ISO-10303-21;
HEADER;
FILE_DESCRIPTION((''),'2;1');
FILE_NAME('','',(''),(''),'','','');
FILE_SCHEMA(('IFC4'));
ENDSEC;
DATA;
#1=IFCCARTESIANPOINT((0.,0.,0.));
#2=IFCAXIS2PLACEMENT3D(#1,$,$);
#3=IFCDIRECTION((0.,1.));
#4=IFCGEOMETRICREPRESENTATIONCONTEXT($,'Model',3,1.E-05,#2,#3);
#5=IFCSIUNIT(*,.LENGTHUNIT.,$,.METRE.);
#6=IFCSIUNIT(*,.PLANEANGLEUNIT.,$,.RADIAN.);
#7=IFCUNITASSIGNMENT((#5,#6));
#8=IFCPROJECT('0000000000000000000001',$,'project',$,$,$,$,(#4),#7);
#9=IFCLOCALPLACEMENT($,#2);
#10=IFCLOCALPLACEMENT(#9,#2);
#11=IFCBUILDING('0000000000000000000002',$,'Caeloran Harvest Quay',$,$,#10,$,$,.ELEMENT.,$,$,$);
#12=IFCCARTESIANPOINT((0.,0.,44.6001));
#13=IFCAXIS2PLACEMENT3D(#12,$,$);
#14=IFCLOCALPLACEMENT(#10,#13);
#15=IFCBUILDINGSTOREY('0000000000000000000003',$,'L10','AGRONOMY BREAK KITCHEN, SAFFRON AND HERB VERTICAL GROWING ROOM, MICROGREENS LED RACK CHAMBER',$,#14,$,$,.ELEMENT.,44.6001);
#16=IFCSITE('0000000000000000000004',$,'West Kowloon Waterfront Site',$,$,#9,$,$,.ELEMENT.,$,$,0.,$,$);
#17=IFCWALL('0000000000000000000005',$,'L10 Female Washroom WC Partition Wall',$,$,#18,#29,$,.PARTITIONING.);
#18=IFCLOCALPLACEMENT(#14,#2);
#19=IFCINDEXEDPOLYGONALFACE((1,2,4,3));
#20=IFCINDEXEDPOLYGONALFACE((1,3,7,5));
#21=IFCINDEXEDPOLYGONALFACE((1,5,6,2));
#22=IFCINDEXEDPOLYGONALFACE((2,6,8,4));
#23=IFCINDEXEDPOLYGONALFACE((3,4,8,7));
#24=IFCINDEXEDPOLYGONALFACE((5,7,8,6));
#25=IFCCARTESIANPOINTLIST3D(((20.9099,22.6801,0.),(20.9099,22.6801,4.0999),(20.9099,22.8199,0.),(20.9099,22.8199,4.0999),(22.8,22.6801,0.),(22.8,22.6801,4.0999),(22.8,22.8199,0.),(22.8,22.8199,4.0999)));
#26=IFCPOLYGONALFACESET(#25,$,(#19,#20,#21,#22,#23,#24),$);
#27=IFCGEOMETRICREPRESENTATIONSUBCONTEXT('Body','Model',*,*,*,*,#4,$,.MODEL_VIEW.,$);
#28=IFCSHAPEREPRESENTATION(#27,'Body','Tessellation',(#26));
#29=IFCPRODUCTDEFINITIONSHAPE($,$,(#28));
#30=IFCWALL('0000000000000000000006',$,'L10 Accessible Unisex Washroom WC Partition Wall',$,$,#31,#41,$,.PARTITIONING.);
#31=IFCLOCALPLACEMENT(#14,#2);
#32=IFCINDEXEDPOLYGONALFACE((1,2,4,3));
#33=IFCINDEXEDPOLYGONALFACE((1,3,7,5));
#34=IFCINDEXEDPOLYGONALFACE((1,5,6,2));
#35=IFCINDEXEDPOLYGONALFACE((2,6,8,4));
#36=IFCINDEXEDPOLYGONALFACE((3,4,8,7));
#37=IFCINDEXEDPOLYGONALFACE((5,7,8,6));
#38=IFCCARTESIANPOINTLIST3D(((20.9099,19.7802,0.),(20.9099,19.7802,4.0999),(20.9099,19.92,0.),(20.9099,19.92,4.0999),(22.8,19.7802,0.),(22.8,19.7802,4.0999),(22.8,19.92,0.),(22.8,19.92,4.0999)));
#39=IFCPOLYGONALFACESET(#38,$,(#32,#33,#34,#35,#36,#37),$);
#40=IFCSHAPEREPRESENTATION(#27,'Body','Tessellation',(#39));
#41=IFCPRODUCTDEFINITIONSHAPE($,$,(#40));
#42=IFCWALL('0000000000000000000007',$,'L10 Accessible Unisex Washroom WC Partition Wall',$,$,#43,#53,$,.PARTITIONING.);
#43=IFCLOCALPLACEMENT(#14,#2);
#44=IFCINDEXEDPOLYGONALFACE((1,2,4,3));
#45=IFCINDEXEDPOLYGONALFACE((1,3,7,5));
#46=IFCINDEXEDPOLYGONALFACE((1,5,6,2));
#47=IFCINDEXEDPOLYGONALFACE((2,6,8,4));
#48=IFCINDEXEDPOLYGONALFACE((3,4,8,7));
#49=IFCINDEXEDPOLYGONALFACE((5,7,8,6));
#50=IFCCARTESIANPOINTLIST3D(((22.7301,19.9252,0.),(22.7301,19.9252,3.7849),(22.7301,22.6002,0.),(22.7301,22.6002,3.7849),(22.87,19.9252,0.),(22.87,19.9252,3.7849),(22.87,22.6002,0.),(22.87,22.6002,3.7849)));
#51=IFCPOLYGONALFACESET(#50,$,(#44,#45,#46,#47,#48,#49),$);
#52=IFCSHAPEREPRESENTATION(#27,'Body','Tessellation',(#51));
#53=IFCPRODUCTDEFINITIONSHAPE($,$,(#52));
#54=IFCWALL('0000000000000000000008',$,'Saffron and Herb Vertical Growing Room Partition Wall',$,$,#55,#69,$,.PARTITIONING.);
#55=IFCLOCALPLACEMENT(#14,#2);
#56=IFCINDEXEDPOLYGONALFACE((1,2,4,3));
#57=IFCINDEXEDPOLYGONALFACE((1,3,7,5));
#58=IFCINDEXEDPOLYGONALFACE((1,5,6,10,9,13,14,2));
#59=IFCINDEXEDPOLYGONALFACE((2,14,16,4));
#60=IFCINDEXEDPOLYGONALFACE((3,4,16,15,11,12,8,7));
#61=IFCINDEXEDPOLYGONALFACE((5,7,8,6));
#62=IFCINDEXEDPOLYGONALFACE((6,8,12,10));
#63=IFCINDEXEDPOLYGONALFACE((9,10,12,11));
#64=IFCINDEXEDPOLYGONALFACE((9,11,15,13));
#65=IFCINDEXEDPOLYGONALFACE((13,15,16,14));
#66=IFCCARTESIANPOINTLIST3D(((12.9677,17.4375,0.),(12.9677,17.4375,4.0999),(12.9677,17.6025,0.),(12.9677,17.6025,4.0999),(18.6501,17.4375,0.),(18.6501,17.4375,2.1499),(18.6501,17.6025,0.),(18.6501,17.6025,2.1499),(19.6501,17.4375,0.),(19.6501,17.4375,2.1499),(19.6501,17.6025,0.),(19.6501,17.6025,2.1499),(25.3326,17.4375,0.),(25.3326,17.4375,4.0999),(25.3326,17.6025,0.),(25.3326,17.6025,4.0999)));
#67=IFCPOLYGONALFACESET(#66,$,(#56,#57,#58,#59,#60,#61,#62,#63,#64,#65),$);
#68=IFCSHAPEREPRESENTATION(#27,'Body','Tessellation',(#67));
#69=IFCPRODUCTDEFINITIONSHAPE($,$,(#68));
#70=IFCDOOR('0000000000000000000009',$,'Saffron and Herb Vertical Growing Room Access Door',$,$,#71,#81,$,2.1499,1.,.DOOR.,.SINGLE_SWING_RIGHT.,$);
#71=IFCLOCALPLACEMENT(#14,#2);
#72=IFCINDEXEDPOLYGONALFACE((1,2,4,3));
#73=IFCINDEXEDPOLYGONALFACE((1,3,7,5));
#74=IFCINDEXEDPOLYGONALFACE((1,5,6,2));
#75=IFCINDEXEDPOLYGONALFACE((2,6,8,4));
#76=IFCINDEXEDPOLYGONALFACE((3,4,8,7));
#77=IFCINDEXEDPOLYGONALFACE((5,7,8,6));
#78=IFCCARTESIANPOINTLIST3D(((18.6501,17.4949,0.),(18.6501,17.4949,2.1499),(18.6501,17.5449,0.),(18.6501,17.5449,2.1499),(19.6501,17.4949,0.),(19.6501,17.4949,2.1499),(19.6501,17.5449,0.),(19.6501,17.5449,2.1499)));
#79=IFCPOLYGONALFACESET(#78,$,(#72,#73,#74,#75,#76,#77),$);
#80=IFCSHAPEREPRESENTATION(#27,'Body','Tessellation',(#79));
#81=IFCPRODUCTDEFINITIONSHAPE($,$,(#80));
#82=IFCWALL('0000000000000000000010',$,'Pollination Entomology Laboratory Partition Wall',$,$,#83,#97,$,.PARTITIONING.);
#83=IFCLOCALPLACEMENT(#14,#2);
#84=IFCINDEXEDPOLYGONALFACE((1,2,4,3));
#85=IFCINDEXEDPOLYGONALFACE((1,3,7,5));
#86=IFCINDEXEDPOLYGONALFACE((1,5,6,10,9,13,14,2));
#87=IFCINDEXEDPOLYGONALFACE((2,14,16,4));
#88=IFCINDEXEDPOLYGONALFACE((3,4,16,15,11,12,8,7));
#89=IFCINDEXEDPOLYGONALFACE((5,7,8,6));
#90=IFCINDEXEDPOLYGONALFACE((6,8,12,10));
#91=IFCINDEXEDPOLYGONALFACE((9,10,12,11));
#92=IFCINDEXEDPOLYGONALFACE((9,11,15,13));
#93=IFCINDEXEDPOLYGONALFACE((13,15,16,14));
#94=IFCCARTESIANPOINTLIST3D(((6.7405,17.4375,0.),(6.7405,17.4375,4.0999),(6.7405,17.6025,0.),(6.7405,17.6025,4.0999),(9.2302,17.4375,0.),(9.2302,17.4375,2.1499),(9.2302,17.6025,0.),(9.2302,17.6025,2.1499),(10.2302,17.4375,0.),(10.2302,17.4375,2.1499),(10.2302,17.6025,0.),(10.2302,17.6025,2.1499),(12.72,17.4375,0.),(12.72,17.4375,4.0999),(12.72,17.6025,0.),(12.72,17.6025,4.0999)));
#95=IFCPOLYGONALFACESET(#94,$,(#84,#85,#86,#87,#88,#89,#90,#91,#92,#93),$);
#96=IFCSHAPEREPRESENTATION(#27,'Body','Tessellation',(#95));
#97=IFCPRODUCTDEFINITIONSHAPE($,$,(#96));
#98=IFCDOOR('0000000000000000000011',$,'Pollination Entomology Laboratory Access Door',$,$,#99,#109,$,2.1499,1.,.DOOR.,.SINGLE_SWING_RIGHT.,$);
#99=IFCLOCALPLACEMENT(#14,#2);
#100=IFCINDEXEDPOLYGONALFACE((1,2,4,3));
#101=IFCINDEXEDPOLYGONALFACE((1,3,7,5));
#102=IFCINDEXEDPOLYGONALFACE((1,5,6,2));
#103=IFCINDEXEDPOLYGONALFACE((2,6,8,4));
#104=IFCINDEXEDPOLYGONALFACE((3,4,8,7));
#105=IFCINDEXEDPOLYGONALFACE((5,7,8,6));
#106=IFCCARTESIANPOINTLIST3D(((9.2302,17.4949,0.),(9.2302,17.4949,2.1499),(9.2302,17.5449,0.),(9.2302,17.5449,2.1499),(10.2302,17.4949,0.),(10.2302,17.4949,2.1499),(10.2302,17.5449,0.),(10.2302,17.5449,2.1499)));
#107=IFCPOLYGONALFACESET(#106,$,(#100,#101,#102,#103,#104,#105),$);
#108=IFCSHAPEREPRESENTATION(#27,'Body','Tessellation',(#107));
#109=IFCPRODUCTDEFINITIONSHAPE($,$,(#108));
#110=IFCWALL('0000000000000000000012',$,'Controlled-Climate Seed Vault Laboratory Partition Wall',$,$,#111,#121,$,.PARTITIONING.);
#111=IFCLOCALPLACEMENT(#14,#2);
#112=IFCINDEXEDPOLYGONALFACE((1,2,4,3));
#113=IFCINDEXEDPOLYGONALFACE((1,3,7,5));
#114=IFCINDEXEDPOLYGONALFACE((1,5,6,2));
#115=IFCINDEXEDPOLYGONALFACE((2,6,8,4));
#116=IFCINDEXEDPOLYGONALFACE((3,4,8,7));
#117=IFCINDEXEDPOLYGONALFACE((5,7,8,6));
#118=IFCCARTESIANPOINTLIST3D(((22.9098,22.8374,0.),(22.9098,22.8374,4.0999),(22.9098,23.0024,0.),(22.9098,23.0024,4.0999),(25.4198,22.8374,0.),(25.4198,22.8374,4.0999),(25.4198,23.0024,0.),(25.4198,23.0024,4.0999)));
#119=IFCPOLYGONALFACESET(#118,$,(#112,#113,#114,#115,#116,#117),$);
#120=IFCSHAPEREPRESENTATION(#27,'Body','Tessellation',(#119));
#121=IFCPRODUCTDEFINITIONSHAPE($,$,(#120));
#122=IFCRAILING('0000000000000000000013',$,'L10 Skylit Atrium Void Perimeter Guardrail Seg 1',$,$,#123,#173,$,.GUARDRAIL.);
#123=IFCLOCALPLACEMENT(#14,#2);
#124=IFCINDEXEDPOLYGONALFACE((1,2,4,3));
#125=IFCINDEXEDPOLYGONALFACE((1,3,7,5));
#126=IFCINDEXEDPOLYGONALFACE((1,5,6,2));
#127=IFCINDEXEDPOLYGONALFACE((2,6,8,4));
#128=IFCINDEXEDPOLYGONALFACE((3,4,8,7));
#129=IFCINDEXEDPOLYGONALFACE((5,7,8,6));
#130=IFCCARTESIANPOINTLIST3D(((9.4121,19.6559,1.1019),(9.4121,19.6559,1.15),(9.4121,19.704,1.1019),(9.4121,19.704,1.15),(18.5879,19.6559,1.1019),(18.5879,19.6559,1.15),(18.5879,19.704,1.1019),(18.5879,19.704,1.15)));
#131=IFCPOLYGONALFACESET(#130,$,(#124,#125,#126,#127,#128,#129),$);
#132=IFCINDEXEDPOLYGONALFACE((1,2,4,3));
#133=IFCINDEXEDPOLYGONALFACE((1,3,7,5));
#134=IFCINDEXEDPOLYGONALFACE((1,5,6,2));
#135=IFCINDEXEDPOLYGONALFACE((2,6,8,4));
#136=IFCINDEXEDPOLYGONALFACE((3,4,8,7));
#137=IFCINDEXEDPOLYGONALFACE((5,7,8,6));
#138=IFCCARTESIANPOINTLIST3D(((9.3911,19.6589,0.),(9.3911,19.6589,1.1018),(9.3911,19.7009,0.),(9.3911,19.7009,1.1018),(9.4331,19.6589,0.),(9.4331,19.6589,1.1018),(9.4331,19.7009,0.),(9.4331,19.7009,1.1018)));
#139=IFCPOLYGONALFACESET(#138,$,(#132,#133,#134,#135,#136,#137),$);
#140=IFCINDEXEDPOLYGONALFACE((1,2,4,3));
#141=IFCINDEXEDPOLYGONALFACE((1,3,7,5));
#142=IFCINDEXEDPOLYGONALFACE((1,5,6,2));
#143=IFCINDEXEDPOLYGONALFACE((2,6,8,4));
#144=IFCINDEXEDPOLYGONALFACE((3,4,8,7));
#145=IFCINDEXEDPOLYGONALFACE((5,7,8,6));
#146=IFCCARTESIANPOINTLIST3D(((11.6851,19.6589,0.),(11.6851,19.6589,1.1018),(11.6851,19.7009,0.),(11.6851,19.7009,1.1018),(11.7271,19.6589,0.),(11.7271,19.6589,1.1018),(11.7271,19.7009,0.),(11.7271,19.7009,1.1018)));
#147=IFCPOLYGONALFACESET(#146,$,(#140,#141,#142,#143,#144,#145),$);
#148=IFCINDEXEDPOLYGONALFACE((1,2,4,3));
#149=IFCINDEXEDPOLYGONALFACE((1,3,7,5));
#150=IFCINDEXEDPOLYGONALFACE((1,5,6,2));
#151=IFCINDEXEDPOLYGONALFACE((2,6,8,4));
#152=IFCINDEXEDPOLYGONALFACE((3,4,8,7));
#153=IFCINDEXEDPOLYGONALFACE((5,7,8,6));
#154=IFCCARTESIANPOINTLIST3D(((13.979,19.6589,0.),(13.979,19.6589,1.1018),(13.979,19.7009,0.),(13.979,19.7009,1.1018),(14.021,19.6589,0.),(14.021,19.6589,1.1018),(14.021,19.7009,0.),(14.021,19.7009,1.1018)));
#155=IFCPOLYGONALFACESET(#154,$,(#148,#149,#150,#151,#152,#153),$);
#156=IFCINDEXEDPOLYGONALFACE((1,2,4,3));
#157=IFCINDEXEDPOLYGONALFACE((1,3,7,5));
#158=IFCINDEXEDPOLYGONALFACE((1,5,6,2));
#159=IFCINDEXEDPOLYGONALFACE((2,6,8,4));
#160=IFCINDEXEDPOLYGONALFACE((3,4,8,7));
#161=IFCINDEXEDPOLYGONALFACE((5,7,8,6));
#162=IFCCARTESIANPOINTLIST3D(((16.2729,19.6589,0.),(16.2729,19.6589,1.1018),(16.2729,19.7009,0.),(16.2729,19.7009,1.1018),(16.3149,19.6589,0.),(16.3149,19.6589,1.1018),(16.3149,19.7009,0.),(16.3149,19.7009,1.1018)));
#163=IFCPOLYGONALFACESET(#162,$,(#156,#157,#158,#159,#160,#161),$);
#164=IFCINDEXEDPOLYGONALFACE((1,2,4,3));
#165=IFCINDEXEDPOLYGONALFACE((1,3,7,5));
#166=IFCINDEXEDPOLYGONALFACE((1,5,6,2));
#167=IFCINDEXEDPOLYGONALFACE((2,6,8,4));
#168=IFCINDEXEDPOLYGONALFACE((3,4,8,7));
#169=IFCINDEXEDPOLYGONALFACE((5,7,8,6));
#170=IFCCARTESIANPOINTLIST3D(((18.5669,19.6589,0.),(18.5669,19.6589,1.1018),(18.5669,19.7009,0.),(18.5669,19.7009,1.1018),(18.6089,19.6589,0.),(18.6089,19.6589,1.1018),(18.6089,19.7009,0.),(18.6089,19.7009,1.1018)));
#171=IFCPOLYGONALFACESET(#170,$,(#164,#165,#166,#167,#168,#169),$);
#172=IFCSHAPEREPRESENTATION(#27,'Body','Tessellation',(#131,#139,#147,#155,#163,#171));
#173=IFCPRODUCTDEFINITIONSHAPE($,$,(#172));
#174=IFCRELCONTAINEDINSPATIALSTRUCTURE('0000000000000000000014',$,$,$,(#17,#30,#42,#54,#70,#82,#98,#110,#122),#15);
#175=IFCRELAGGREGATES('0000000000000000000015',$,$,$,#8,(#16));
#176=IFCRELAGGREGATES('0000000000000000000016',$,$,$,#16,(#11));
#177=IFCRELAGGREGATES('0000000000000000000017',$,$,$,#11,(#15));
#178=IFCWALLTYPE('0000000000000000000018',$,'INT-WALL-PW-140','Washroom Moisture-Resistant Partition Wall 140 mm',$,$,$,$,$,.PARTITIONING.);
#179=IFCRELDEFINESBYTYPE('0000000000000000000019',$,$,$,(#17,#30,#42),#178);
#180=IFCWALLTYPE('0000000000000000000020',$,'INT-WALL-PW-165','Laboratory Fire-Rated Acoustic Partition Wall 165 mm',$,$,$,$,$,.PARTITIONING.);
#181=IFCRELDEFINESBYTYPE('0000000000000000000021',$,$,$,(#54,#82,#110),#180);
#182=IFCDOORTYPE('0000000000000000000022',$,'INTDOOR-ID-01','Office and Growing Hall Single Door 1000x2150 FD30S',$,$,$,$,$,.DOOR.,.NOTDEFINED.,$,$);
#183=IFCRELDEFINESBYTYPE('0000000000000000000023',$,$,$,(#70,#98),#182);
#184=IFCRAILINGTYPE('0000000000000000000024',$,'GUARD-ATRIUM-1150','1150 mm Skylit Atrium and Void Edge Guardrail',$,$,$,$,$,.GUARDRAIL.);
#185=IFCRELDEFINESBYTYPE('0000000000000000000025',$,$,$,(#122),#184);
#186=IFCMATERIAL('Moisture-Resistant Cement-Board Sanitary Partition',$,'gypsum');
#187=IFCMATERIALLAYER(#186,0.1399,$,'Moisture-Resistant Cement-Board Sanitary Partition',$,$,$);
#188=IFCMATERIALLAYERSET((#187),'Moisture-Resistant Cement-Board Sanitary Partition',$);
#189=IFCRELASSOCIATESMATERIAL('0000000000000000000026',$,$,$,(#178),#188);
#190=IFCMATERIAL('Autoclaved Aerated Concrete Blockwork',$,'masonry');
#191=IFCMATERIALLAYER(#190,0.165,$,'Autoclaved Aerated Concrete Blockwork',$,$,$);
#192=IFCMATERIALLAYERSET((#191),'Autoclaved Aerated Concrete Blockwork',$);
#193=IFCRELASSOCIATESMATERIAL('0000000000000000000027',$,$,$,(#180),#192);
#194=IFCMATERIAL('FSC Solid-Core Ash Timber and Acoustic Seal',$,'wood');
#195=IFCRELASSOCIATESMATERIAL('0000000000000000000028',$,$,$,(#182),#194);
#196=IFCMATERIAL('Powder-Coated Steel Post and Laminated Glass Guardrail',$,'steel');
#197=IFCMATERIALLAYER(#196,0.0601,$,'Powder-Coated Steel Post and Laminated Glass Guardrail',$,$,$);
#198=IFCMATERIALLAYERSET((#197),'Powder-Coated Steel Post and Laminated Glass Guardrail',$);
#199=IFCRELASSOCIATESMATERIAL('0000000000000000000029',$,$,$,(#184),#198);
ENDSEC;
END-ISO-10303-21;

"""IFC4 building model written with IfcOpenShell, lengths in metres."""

from ifc_helpers import new_model, si_unit, direction, frame, frame_2d, origin, origin_2d, place, context, subcontext, project, spatial, rectangle, extrude, material, layer, layer_set, type_object, element, fill, save


model = new_model("IFC4")

# Units and contexts
model_context = context("Model", 3, precision=1e-05, world=origin(), true_north=direction((0.0, 1.0)))
body_context = subcontext(model_context, "Body", "Model", "MODEL_VIEW")
ifc_project = project(units=[si_unit("LENGTHUNIT", "METRE"), si_unit("PLANEANGLEUNIT", "RADIAN")], contexts=[model_context])

# Site, building, storey
site_placement = place(None, origin())
site = spatial("IfcSite", under=ifc_project, at=site_placement, Name="West Kowloon Waterfront Site", CompositionType="ELEMENT", RefElevation=0.0)
building_placement = place(site_placement, origin())
building = spatial("IfcBuilding", under=site, at=building_placement, Name="Caeloran Harvest Quay", CompositionType="ELEMENT")
storey_placement = place(building_placement, frame((0.0, 0.0, 44.6001)))
storey = spatial("IfcBuildingStorey", under=building, at=storey_placement, Name="L10", Description="AGRONOMY BREAK KITCHEN, SAFFRON AND HERB VERTICAL GROWING ROOM, MICROGREENS LED RACK CHAMBER", CompositionType="ELEMENT", Elevation=44.6001)

# Wall
ifc_material_1 = material(Name="Moisture-Resistant Cement-Board Sanitary Partition", Category="gypsum")
ifc_layer_1 = layer(ifc_material_1, 0.1399, Name="Moisture-Resistant Cement-Board Sanitary Partition")
ifc_layer_set_1 = layer_set([ifc_layer_1], Name="Moisture-Resistant Cement-Board Sanitary Partition")
wall_type_1 = type_object("IfcWallType", Name="INT-WALL-PW-140", Description="Washroom Moisture-Resistant Partition Wall 140 mm", PredefinedType="PARTITIONING", material=ifc_layer_set_1)
wall_1_placement = place(storey_placement, frame((22.8, 22.75, 0.0), z_axis=(0.0, 0.0, 1.0), x_axis=(-1.0, 0.0, 0.0)))
element("IfcWall", 1, at=wall_1_placement, inside=storey, type_object=wall_type_1, Name="L10 Female Washroom WC Partition Wall", PredefinedType="PARTITIONING", context=body_context, shape_type="SweptSolid", body=[
    extrude(rectangle(XDim=1.8901, YDim=0.1399, at=frame_2d((0.9451, 0.0))), origin(), (0.0, 0.0, 1.0), 4.0999),
])

# Wall
wall_2_placement = place(storey_placement, frame((22.8, 19.8501, 0.0), z_axis=(0.0, 0.0, 1.0), x_axis=(-1.0, 0.0, 0.0)))
element("IfcWall", 2, at=wall_2_placement, inside=storey, type_object=wall_type_1, Name="L10 Accessible Unisex Washroom WC Partition Wall", PredefinedType="PARTITIONING", context=body_context, shape_type="SweptSolid", body=[
    extrude(rectangle(XDim=1.8901, YDim=0.1399, at=frame_2d((0.9451, 0.0))), origin(), (0.0, 0.0, 1.0), 4.0999),
])

# Wall
wall_3_placement = place(storey_placement, frame((22.8, 22.6001, 0.0), z_axis=(0.0, 0.0, 1.0), x_axis=(0.0, -1.0, 0.0)))
element("IfcWall", 3, at=wall_3_placement, inside=storey, type_object=wall_type_1, Name="L10 Accessible Unisex Washroom WC Partition Wall", PredefinedType="PARTITIONING", context=body_context, shape_type="SweptSolid", body=[
    extrude(rectangle(XDim=2.675, YDim=0.1399, at=frame_2d((1.3374, 0.0))), origin(), (0.0, 0.0, 1.0), 3.7849),
])

# Walls, openings, doors
ifc_material_2 = material(Name="Autoclaved Aerated Concrete Blockwork", Category="masonry")
ifc_layer_2 = layer(ifc_material_2, 0.165, Name="Autoclaved Aerated Concrete Blockwork")
ifc_layer_set_2 = layer_set([ifc_layer_2], Name="Autoclaved Aerated Concrete Blockwork")
wall_type_2 = type_object("IfcWallType", Name="INT-WALL-PW-165", Description="Laboratory Fire-Rated Acoustic Partition Wall 165 mm", PredefinedType="PARTITIONING", material=ifc_layer_set_2)
wall_4_placement = place(storey_placement, frame((12.9675, 17.52, 0.0), z_axis=(0.0, 0.0, 1.0), x_axis=(1.0, 0.0, 0.0)))
wall_4 = element("IfcWall", 4, at=wall_4_placement, inside=storey, type_object=wall_type_2, Name="Saffron and Herb Vertical Growing Room Partition Wall", PredefinedType="PARTITIONING", context=body_context, shape_type="SweptSolid", body=[
    extrude(rectangle(XDim=12.365, YDim=0.165, at=frame_2d((6.1826, 0.0))), origin(), (0.0, 0.0, 1.0), 4.0999),
])
opening_1_placement = place(wall_4_placement, frame((5.6826, 0.0, 0.0)))
opening_1 = element("IfcOpeningElement", 5, at=opening_1_placement, cuts=wall_4, PredefinedType="OPENING", context=body_context, shape_type="SweptSolid", body=[
    extrude(rectangle(XDim=1.0, YDim=2.1499, at=frame_2d((0.5, 1.075))), frame((0.0, 0.0925, 0.0), z_axis=(0.0, -1.0, 0.0), x_axis=(1.0, 0.0, 0.0)), (0.0, 0.0, 1.0), 0.1851),
])
ifc_material_3 = material(Name="FSC Solid-Core Ash Timber and Acoustic Seal", Category="wood")
door_type_1 = type_object("IfcDoorType", Name="INTDOOR-ID-01", Description="Office and Growing Hall Single Door 1000x2150 FD30S", OperationType="NOTDEFINED", PredefinedType="DOOR", material=ifc_material_3)
door_1_placement = place(opening_1_placement, origin())
door_1 = element("IfcDoor", 6, at=door_1_placement, inside=storey, type_object=door_type_1, Name="Saffron and Herb Vertical Growing Room Access Door", OperationType="SINGLE_SWING_RIGHT", OverallHeight=2.1499, OverallWidth=1.0, PredefinedType="DOOR", context=body_context, shape_type="SweptSolid", body=[
    extrude(rectangle(XDim=1.0, YDim=2.1499, at=frame_2d((0.5, 1.075))), frame((0.0, 0.0249, 0.0), z_axis=(0.0, -1.0, 0.0), x_axis=(1.0, 0.0, 0.0)), (0.0, 0.0, 1.0), 0.05),
])
fill(opening_1, door_1)
wall_5_placement = place(storey_placement, frame((6.7405, 17.52, 0.0), z_axis=(0.0, 0.0, 1.0), x_axis=(1.0, 0.0, 0.0)))
wall_5 = element("IfcWall", 7, at=wall_5_placement, inside=storey, type_object=wall_type_2, Name="Pollination Entomology Laboratory Partition Wall", PredefinedType="PARTITIONING", context=body_context, shape_type="SweptSolid", body=[
    extrude(rectangle(XDim=5.9795, YDim=0.165, at=frame_2d((2.9897, 0.0))), origin(), (0.0, 0.0, 1.0), 4.0999),
])
opening_2_placement = place(wall_5_placement, frame((2.4897, 0.0, 0.0)))
opening_2 = element("IfcOpeningElement", 8, at=opening_2_placement, cuts=wall_5, PredefinedType="OPENING", context=body_context, shape_type="SweptSolid", body=[
    extrude(rectangle(XDim=1.0, YDim=2.1499, at=frame_2d((0.5, 1.075))), frame((0.0, 0.0925, 0.0), z_axis=(0.0, -1.0, 0.0), x_axis=(1.0, 0.0, 0.0)), (0.0, 0.0, 1.0), 0.1851),
])
door_2_placement = place(opening_2_placement, origin())
door_2 = element("IfcDoor", 9, at=door_2_placement, inside=storey, type_object=door_type_1, Name="Pollination Entomology Laboratory Access Door", OperationType="SINGLE_SWING_RIGHT", OverallHeight=2.1499, OverallWidth=1.0, PredefinedType="DOOR", context=body_context, shape_type="SweptSolid", body=[
    extrude(rectangle(XDim=1.0, YDim=2.1499, at=frame_2d((0.5, 1.075))), frame((0.0, 0.0249, 0.0), z_axis=(0.0, -1.0, 0.0), x_axis=(1.0, 0.0, 0.0)), (0.0, 0.0, 1.0), 0.05),
])
fill(opening_2, door_2)

# Wall
wall_6_placement = place(storey_placement, frame((22.9099, 22.9199, 0.0), z_axis=(0.0, 0.0, 1.0), x_axis=(1.0, 0.0, 0.0)))
element("IfcWall", 10, at=wall_6_placement, inside=storey, type_object=wall_type_2, Name="Controlled-Climate Seed Vault Laboratory Partition Wall", PredefinedType="PARTITIONING", context=body_context, shape_type="SweptSolid", body=[
    extrude(rectangle(XDim=2.51, YDim=0.165, at=frame_2d((1.2549, 0.0))), origin(), (0.0, 0.0, 1.0), 4.0999),
])

# Railing
ifc_material_4 = material(Name="Powder-Coated Steel Post and Laminated Glass Guardrail", Category="steel")
ifc_layer_3 = layer(ifc_material_4, 0.0601, Name="Powder-Coated Steel Post and Laminated Glass Guardrail")
ifc_layer_set_3 = layer_set([ifc_layer_3], Name="Powder-Coated Steel Post and Laminated Glass Guardrail")
railing_type = type_object("IfcRailingType", Name="GUARD-ATRIUM-1150", Description="1150 mm Skylit Atrium and Void Edge Guardrail", PredefinedType="GUARDRAIL", material=ifc_layer_set_3)
railing_1_placement = place(storey_placement, frame((9.4121, 19.6799, 0.0)))
element("IfcRailing", 11, at=railing_1_placement, inside=storey, type_object=railing_type, Name="L10 Skylit Atrium Void Perimeter Guardrail Seg 1", PredefinedType="GUARDRAIL", context=body_context, shape_type="SweptSolid", body=[
    extrude(rectangle(XDim=0.0481, YDim=0.0481, at=origin_2d()), frame((0.0, 0.0, 1.126), z_axis=(1.0, 0.0, 0.0), x_axis=(0.0, 1.0, 0.0)), (0.0, 0.0, 1.0), 9.1758),
    extrude(rectangle(XDim=0.042, YDim=0.042, at=origin_2d()), origin(), (0.0, 0.0, 1.0), 1.1018),
    extrude(rectangle(XDim=0.042, YDim=0.042, at=origin_2d()), frame((2.2939, 0.0, 0.0)), (0.0, 0.0, 1.0), 1.1018),
    extrude(rectangle(XDim=0.042, YDim=0.042, at=origin_2d()), frame((4.5879, 0.0, 0.0)), (0.0, 0.0, 1.0), 1.1018),
    extrude(rectangle(XDim=0.042, YDim=0.042, at=origin_2d()), frame((6.8818, 0.0, 0.0)), (0.0, 0.0, 1.0), 1.1018),
    extrude(rectangle(XDim=0.042, YDim=0.042, at=origin_2d()), frame((9.1758, 0.0, 0.0)), (0.0, 0.0, 1.0), 1.1018),
])

save(model, "model.ifc")
